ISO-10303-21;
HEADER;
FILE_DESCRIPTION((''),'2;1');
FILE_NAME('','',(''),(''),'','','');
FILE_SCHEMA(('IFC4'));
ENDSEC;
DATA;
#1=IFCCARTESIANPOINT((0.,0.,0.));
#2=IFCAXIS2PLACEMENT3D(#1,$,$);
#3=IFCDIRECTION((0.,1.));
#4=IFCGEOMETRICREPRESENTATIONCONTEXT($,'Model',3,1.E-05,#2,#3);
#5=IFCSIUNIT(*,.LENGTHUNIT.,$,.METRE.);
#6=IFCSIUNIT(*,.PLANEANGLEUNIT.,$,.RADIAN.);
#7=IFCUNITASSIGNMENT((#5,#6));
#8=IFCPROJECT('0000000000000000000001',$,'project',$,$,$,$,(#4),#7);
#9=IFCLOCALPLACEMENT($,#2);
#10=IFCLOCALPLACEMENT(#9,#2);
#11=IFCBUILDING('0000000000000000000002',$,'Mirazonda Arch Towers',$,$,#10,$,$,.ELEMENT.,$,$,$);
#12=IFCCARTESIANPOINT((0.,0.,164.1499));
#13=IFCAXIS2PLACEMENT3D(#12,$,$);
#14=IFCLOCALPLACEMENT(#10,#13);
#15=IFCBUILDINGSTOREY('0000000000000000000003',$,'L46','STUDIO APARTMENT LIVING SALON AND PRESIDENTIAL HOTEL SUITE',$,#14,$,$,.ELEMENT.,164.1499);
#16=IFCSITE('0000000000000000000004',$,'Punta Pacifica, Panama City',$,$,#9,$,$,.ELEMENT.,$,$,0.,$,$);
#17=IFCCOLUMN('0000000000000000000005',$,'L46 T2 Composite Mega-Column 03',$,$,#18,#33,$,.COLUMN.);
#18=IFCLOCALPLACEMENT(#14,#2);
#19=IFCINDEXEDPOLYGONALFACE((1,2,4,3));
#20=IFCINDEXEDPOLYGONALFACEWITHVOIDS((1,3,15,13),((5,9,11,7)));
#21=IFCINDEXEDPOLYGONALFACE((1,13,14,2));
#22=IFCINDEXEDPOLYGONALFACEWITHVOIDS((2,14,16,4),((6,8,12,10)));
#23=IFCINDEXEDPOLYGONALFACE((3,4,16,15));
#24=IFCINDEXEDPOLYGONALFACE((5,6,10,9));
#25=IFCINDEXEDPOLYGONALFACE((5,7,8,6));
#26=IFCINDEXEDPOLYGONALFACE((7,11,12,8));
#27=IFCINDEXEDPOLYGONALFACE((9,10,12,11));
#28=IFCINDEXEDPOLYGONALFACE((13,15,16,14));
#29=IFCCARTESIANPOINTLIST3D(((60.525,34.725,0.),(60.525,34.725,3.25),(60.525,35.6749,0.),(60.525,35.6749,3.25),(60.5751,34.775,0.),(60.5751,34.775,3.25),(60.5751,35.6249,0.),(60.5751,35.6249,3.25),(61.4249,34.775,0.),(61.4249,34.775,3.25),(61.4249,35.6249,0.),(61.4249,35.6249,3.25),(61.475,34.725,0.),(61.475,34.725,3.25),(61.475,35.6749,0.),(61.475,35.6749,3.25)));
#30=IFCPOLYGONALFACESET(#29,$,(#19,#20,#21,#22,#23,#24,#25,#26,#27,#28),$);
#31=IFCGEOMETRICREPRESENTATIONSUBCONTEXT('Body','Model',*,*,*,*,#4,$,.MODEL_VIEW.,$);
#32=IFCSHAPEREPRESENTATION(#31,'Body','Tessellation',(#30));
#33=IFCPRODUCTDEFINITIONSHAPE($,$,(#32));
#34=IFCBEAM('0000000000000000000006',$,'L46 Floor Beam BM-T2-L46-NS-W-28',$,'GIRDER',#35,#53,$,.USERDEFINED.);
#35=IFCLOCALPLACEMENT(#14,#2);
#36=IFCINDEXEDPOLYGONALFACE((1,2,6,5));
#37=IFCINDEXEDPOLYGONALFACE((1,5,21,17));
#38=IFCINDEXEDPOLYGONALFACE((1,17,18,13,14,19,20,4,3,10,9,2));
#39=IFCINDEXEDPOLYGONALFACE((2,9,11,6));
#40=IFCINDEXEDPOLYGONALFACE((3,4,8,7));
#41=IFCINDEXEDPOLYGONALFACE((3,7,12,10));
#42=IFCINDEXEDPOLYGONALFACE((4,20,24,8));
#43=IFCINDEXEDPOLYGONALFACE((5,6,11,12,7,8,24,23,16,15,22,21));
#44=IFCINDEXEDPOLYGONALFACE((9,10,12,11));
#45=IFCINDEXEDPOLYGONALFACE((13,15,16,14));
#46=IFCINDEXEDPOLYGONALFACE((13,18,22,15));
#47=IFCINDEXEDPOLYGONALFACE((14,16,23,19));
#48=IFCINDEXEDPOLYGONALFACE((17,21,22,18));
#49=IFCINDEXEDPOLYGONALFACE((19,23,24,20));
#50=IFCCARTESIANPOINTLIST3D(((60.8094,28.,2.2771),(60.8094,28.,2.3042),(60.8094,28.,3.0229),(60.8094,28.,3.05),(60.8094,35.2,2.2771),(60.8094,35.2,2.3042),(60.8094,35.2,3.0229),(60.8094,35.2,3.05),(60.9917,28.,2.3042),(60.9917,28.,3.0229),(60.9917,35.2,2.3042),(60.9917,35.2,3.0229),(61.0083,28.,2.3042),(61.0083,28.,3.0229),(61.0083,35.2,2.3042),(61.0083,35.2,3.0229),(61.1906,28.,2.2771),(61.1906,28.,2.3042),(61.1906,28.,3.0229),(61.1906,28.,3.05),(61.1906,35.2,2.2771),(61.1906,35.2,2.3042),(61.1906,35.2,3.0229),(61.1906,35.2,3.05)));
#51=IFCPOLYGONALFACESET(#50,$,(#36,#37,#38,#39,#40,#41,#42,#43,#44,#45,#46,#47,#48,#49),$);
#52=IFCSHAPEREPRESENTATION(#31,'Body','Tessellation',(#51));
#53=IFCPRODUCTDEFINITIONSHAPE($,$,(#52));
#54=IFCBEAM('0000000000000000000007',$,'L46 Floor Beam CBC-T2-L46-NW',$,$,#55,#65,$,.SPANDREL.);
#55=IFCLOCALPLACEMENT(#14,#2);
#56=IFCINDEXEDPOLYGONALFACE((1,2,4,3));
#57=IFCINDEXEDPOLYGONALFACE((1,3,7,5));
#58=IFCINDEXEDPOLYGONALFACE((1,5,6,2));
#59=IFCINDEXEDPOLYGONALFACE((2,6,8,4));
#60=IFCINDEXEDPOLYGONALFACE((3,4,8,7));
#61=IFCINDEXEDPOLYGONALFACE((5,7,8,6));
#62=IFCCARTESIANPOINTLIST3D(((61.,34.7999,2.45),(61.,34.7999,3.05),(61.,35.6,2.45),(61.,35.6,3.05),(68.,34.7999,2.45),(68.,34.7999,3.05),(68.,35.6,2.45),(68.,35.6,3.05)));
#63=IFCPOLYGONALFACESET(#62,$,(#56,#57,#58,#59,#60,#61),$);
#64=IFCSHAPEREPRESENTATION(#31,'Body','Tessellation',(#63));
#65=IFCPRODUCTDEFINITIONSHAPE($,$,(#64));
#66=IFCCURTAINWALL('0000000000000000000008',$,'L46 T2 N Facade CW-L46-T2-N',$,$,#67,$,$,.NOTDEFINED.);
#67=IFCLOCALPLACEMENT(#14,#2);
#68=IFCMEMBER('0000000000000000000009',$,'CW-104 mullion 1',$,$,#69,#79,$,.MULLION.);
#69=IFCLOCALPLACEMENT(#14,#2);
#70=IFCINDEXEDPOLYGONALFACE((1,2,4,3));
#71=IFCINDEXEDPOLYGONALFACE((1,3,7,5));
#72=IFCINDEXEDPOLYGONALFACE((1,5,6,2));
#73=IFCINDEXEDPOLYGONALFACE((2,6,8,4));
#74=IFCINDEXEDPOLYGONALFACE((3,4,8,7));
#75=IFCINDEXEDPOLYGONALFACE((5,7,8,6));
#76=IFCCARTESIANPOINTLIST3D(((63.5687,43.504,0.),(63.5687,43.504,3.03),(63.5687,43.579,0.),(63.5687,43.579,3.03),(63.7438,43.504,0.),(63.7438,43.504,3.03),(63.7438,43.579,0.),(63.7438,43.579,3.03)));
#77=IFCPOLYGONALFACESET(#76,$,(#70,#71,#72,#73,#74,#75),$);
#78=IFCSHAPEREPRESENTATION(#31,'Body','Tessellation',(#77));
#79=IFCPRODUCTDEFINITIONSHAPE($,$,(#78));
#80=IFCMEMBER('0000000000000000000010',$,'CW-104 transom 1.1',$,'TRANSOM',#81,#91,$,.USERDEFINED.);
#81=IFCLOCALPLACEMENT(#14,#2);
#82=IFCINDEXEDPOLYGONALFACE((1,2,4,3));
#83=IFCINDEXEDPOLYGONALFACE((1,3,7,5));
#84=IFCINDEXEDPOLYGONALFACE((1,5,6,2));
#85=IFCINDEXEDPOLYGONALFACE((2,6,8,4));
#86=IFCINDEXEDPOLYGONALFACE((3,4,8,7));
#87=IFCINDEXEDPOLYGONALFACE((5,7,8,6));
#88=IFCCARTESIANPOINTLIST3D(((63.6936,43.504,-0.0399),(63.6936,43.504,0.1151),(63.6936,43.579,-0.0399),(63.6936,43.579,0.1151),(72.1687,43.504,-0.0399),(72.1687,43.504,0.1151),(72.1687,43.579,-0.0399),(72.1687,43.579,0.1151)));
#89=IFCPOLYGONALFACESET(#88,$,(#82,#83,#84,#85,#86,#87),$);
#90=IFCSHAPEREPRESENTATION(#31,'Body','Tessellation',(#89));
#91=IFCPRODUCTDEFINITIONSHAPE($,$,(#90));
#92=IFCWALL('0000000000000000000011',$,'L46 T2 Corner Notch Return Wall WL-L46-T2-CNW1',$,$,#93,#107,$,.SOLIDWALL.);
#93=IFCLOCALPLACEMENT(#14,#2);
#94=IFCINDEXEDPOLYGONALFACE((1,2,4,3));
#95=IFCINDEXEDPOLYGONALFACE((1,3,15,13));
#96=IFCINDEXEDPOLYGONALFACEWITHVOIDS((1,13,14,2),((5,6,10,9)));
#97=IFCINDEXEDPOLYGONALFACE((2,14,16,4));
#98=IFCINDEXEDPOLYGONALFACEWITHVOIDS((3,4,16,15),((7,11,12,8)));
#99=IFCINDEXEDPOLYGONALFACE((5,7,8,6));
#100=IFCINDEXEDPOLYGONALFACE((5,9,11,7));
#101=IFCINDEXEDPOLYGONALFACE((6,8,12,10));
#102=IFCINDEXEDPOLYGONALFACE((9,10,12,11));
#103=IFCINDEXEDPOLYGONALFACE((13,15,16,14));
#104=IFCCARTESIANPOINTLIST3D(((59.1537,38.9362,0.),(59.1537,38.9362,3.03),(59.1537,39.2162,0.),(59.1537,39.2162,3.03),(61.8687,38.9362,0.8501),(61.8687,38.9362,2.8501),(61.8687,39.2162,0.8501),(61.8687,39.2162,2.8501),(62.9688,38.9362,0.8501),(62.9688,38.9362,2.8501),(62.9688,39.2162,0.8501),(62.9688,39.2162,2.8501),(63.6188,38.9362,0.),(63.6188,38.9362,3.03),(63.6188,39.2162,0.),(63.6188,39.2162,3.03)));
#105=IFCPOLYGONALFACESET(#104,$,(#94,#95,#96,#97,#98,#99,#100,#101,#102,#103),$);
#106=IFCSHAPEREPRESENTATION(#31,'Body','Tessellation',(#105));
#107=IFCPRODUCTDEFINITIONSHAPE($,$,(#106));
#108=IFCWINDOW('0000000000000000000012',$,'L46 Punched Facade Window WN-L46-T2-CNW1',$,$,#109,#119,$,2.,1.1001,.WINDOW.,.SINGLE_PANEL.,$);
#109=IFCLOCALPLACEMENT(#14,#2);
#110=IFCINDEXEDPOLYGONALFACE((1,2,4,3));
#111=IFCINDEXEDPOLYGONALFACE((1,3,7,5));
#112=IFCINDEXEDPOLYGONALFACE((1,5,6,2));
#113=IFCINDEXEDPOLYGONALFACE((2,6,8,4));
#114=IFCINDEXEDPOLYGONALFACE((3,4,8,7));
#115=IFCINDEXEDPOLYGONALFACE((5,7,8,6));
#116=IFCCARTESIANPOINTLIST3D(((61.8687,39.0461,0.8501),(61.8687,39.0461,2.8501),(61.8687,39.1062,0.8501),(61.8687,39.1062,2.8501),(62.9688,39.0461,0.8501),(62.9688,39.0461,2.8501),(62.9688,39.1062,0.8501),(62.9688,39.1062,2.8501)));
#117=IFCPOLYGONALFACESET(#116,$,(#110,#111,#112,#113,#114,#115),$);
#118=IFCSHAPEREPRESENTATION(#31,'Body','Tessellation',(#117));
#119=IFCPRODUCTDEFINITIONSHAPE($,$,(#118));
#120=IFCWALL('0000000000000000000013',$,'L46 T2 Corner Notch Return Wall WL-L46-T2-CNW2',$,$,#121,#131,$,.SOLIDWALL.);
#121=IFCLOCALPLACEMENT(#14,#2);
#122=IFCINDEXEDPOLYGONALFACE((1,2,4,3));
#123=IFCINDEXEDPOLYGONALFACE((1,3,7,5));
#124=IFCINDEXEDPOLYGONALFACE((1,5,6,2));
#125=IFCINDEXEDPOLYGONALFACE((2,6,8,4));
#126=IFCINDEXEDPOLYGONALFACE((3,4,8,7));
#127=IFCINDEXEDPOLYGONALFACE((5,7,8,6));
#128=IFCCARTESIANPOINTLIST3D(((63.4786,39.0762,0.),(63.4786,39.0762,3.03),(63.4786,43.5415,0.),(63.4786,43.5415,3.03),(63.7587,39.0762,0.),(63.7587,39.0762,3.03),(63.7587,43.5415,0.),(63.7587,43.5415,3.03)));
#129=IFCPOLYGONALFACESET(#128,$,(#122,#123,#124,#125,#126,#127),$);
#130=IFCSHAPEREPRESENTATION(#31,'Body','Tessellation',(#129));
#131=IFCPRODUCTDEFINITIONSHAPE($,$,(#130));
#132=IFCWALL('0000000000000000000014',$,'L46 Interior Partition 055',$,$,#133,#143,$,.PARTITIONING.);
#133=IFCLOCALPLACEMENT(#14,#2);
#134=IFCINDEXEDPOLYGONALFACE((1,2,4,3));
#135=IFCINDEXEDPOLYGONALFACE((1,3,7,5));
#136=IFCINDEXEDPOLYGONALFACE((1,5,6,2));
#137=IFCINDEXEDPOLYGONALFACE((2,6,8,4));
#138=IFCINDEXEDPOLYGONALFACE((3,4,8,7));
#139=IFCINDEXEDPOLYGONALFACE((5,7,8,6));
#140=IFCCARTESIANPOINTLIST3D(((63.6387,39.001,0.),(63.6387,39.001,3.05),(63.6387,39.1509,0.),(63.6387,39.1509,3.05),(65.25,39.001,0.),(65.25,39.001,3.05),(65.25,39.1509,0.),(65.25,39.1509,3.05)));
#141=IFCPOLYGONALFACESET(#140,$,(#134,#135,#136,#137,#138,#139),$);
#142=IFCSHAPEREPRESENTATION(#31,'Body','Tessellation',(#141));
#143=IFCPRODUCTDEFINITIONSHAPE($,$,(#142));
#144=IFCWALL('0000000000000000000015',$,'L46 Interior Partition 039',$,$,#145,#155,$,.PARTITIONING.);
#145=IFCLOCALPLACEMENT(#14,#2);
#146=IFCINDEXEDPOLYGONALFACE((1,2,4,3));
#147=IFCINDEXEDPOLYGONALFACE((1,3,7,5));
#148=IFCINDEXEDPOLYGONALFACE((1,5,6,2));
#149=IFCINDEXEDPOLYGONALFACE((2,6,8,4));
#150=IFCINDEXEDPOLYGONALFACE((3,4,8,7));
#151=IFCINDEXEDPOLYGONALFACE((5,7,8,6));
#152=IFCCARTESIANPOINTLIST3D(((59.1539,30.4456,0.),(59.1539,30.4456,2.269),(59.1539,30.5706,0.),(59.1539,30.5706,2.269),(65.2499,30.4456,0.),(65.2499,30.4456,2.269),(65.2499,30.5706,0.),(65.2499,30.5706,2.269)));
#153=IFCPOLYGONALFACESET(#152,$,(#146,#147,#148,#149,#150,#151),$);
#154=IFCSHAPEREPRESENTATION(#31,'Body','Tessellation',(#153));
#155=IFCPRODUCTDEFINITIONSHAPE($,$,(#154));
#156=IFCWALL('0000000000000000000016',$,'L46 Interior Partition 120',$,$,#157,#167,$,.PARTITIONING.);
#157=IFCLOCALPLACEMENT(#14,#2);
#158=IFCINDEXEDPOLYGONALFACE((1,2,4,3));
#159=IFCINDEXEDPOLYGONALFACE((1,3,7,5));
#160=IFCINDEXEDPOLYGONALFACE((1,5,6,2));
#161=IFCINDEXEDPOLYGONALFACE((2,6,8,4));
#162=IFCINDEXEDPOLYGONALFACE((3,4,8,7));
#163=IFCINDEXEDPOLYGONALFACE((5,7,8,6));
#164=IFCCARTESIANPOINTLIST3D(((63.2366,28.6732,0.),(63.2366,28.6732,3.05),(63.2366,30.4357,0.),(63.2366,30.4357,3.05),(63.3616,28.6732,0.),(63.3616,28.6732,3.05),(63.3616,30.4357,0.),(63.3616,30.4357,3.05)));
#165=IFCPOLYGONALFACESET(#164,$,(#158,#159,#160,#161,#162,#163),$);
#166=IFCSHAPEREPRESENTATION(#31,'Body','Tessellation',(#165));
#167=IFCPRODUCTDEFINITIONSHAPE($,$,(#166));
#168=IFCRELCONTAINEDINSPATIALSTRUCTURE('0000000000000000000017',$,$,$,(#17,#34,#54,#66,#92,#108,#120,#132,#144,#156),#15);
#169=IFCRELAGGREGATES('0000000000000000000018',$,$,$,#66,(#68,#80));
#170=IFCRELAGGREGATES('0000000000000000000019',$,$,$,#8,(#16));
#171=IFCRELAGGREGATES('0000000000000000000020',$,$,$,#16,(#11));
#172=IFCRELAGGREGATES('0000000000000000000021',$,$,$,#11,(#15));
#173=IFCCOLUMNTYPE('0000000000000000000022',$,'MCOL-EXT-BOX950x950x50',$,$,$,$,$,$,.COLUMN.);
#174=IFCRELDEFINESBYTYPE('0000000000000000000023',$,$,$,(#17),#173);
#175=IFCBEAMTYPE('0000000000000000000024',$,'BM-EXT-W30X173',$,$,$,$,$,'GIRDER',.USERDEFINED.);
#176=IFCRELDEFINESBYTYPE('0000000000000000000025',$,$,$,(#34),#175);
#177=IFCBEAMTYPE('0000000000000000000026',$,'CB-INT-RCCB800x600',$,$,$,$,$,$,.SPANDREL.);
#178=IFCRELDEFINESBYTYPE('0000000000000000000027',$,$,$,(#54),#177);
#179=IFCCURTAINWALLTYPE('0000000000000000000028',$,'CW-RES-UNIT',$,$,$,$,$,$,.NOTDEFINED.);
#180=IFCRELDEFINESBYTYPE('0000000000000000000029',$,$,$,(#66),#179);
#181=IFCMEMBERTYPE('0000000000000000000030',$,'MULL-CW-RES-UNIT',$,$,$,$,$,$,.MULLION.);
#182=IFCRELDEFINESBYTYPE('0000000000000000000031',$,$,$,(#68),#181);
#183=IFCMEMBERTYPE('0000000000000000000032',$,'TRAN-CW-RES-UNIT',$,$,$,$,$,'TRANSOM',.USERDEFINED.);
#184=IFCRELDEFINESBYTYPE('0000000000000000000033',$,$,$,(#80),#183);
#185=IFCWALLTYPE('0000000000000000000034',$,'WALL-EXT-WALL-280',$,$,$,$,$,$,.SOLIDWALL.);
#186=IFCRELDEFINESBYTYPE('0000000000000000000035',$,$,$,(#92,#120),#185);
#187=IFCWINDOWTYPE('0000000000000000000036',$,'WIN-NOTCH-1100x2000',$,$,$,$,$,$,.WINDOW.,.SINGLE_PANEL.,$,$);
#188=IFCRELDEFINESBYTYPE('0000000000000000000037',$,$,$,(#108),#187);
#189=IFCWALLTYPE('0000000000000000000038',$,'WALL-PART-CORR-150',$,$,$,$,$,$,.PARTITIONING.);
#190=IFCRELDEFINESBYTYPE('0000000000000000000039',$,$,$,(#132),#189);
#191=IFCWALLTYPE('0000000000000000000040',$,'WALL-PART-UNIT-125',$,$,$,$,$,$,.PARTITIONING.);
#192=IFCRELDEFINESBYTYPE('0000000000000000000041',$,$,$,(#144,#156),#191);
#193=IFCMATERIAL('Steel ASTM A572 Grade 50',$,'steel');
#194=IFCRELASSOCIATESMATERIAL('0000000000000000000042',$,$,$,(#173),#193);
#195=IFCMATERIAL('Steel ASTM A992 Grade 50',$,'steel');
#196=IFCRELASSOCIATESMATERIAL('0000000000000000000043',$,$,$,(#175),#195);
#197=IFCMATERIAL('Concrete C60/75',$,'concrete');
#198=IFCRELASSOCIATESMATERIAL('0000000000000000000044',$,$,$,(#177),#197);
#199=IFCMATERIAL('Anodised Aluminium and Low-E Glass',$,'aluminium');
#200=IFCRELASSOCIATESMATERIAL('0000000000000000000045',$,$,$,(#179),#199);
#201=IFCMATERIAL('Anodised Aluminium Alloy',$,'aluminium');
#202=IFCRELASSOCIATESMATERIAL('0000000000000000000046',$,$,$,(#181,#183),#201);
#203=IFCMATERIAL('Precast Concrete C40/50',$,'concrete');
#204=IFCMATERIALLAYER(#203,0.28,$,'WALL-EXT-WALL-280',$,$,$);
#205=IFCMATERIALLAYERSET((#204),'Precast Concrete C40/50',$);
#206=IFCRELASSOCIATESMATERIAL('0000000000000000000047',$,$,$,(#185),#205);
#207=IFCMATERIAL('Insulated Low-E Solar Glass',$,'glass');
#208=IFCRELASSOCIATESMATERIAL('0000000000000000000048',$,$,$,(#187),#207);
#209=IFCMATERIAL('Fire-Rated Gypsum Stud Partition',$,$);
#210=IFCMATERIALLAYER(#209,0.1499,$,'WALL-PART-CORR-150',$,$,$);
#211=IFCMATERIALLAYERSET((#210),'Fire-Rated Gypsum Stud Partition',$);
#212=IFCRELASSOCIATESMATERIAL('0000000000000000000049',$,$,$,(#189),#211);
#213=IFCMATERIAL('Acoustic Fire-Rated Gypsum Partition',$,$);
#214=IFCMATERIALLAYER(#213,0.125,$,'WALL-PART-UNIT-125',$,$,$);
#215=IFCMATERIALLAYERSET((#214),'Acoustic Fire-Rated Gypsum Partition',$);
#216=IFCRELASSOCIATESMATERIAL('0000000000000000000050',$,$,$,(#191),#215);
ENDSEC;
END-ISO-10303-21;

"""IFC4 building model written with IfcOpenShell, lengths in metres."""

from ifc_helpers import new_model, si_unit, direction, frame, frame_2d, origin, origin_2d, place, context, subcontext, project, spatial, rectangle, hollow_rectangle, i_section, extrude, material, layer, layer_set, material_profile, profile_set, type_object, element, fill, aggregate, save


model = new_model("IFC4")

# Units and contexts
model_context = context("Model", 3, precision=1e-05, world=origin(), true_north=direction((0.0, 1.0)))
body_context = subcontext(model_context, "Body", "Model", "MODEL_VIEW")
ifc_project = project(units=[si_unit("LENGTHUNIT", "METRE"), si_unit("PLANEANGLEUNIT", "RADIAN")], contexts=[model_context])

# Site, building, storey
site_placement = place(None, origin())
site = spatial("IfcSite", under=ifc_project, at=site_placement, Name="Punta Pacifica, Panama City", CompositionType="ELEMENT", RefElevation=0.0)
building_placement = place(site_placement, origin())
building = spatial("IfcBuilding", under=site, at=building_placement, Name="Mirazonda Arch Towers", CompositionType="ELEMENT")
storey_placement = place(building_placement, frame((0.0, 0.0, 164.1499)))
storey = spatial("IfcBuildingStorey", under=building, at=storey_placement, Name="L46", Description="STUDIO APARTMENT LIVING SALON AND PRESIDENTIAL HOTEL SUITE", CompositionType="ELEMENT", Elevation=164.1499)

# Column
ifc_material_1 = material(Name="Steel ASTM A572 Grade 50", Category="steel")
ifc_material_profile_1 = material_profile(ifc_material_1, hollow_rectangle(XDim=0.95, YDim=0.95, WallThickness=0.05, at=origin_2d()), Name="BOX950x950x50")
ifc_profile_set_1 = profile_set([ifc_material_profile_1], Name="Steel ASTM A572 Grade 50")
column_type = type_object("IfcColumnType", Name="MCOL-EXT-BOX950x950x50", PredefinedType="COLUMN", material=ifc_profile_set_1)
column_placement = place(storey_placement, frame((61.0, 35.2, 0.0), z_axis=(0.0, 0.0, 1.0), x_axis=(1.0, 0.0, 0.0)))
element("IfcColumn", 1, at=column_placement, inside=storey, type_object=column_type, Name="L46 T2 Composite Mega-Column 03", PredefinedType="COLUMN", context=body_context, shape_type="SweptSolid", body=[
    extrude(hollow_rectangle(XDim=0.95, YDim=0.95, WallThickness=0.05, at=origin_2d()), origin(), (0.0, 0.0, 1.0), 3.25),
])

# Beams
ifc_material_2 = material(Name="Steel ASTM A992 Grade 50", Category="steel")
ifc_material_profile_2 = material_profile(ifc_material_2, i_section(OverallWidth=0.3811, OverallDepth=0.7729, WebThickness=0.0166, FlangeThickness=0.0271, at=origin_2d()), Name="W30X173")
ifc_profile_set_2 = profile_set([ifc_material_profile_2], Name="Steel ASTM A992 Grade 50")
beam_type_1 = type_object("IfcBeamType", Name="BM-EXT-W30X173", ElementType="GIRDER", PredefinedType="USERDEFINED", material=ifc_profile_set_2)
beam_1_placement = place(storey_placement, frame((61.0, 28.0, 2.6636), z_axis=(0.0, 1.0, 0.0), x_axis=(-1.0, 0.0, 0.0)))
element("IfcBeam", 2, at=beam_1_placement, inside=storey, type_object=beam_type_1, Name="L46 Floor Beam BM-T2-L46-NS-W-28", ObjectType="GIRDER", PredefinedType="USERDEFINED", context=body_context, shape_type="SweptSolid", body=[
    extrude(i_section(OverallWidth=0.3811, OverallDepth=0.7729, WebThickness=0.0166, FlangeThickness=0.0271, at=origin_2d()), origin(), (0.0, 0.0, 1.0), 7.2),
])
ifc_material_3 = material(Name="Concrete C60/75", Category="concrete")
ifc_material_profile_3 = material_profile(ifc_material_3, rectangle(XDim=0.8, YDim=0.6001, at=origin_2d()), Name="RCCB800x600")
ifc_profile_set_3 = profile_set([ifc_material_profile_3], Name="Concrete C60/75")
beam_type_2 = type_object("IfcBeamType", Name="CB-INT-RCCB800x600", PredefinedType="SPANDREL", material=ifc_profile_set_3)
beam_2_placement = place(storey_placement, frame((61.0, 35.2, 2.75), z_axis=(1.0, 0.0, 0.0), x_axis=(0.0, 1.0, 0.0)))
element("IfcBeam", 3, at=beam_2_placement, inside=storey, type_object=beam_type_2, Name="L46 Floor Beam CBC-T2-L46-NW", PredefinedType="SPANDREL", context=body_context, shape_type="SweptSolid", body=[
    extrude(rectangle(XDim=0.8, YDim=0.6001, at=origin_2d()), origin(), (0.0, 0.0, 1.0), 7.0),
])

# Curtain wall, members
ifc_material_4 = material(Name="Anodised Aluminium and Low-E Glass", Category="aluminium")
curtain_wall_type = type_object("IfcCurtainWallType", Name="CW-RES-UNIT", PredefinedType="NOTDEFINED", material=ifc_material_4)
curtain_wall_placement = place(storey_placement, origin())
curtain_wall = element("IfcCurtainWall", 4, at=curtain_wall_placement, inside=storey, type_object=curtain_wall_type, Name="L46 T2 N Facade CW-L46-T2-N", PredefinedType="NOTDEFINED")
ifc_material_5 = material(Name="Anodised Aluminium Alloy", Category="aluminium")
ifc_material_profile_4 = material_profile(ifc_material_5, rectangle(XDim=0.075, YDim=0.175, at=origin_2d()), Name="ALU-MULL-75x175")
ifc_profile_set_4 = profile_set([ifc_material_profile_4], Name="Anodised Aluminium Alloy")
member_type_1 = type_object("IfcMemberType", Name="MULL-CW-RES-UNIT", PredefinedType="MULLION", material=ifc_profile_set_4)
member_1_placement = place(storey_placement, frame((63.6562, 43.5415, 0.0), z_axis=(0.0, 0.0, 1.0), x_axis=(0.0, 1.0, 0.0)))
member_1 = element("IfcMember", 5, at=member_1_placement, type_object=member_type_1, Name="CW-104 mullion 1", PredefinedType="MULLION", context=body_context, shape_type="SweptSolid", body=[
    extrude(rectangle(XDim=0.075, YDim=0.175, at=origin_2d()), origin(), (0.0, 0.0, 1.0), 3.03),
])
ifc_material_profile_5 = material_profile(ifc_material_5, rectangle(XDim=0.075, YDim=0.155, at=origin_2d()), Name="ALU-TRAN-75x155")
ifc_profile_set_5 = profile_set([ifc_material_profile_5], Name="Anodised Aluminium Alloy")
member_type_2 = type_object("IfcMemberType", Name="TRAN-CW-RES-UNIT", ElementType="TRANSOM", PredefinedType="USERDEFINED", material=ifc_profile_set_5)
member_2_placement = place(storey_placement, frame((63.6936, 43.5415, 0.0376), z_axis=(1.0, 0.0, 0.0), x_axis=(0.0, 1.0, 0.0)))
member_2 = element("IfcMember", 6, at=member_2_placement, type_object=member_type_2, Name="CW-104 transom 1.1", ObjectType="TRANSOM", PredefinedType="USERDEFINED", context=body_context, shape_type="SweptSolid", body=[
    extrude(rectangle(XDim=0.075, YDim=0.155, at=origin_2d()), origin(), (0.0, 0.0, 1.0), 8.4751),
])
aggregate(curtain_wall, [member_1, member_2])

# Wall, opening, window
ifc_material_6 = material(Name="Precast Concrete C40/50", Category="concrete")
ifc_layer_1 = layer(ifc_material_6, 0.28, Name="WALL-EXT-WALL-280")
ifc_layer_set_1 = layer_set([ifc_layer_1], Name="Precast Concrete C40/50")
wall_type_1 = type_object("IfcWallType", Name="WALL-EXT-WALL-280", PredefinedType="SOLIDWALL", material=ifc_layer_set_1)
wall_1_placement = place(storey_placement, frame((63.6187, 39.0762, 0.0), z_axis=(0.0, 0.0, 1.0), x_axis=(-1.0, 0.0, 0.0)))
wall_1 = element("IfcWall", 7, at=wall_1_placement, inside=storey, type_object=wall_type_1, Name="L46 T2 Corner Notch Return Wall WL-L46-T2-CNW1", PredefinedType="SOLIDWALL", context=body_context, shape_type="SweptSolid", body=[
    extrude(rectangle(XDim=4.4651, YDim=0.28, at=frame_2d((2.2324, 0.0))), origin(), (0.0, 0.0, 1.0), 3.03),
])
opening_1_placement = place(wall_1_placement, frame((0.6499, 0.0, 0.8501)))
opening_1 = element("IfcOpeningElement", 8, at=opening_1_placement, cuts=wall_1, PredefinedType="OPENING", context=body_context, shape_type="SweptSolid", body=[
    extrude(rectangle(XDim=1.1001, YDim=2.0, at=frame_2d((0.55, 1.0))), frame((0.0, 0.1499, 0.0), z_axis=(0.0, -1.0, 0.0), x_axis=(1.0, 0.0, 0.0)), (0.0, 0.0, 1.0), 0.3),
])
ifc_material_7 = material(Name="Insulated Low-E Solar Glass", Category="glass")
window_type = type_object("IfcWindowType", Name="WIN-NOTCH-1100x2000", PartitioningType="SINGLE_PANEL", PredefinedType="WINDOW", material=ifc_material_7)
window_placement = place(opening_1_placement, origin())
window = element("IfcWindow", 9, at=window_placement, inside=storey, type_object=window_type, Name="L46 Punched Facade Window WN-L46-T2-CNW1", OverallHeight=2.0, OverallWidth=1.1001, PartitioningType="SINGLE_PANEL", PredefinedType="WINDOW", context=body_context, shape_type="SweptSolid", body=[
    extrude(rectangle(XDim=1.1001, YDim=2.0, at=frame_2d((0.55, 1.0))), frame((0.0, 0.03, 0.0), z_axis=(0.0, -1.0, 0.0), x_axis=(1.0, 0.0, 0.0)), (0.0, 0.0, 1.0), 0.0601),
])
fill(opening_1, window)

# Wall
wall_2_placement = place(storey_placement, frame((63.6187, 43.5415, 0.0), z_axis=(0.0, 0.0, 1.0), x_axis=(0.0, -1.0, 0.0)))
element("IfcWall", 10, at=wall_2_placement, inside=storey, type_object=wall_type_1, Name="L46 T2 Corner Notch Return Wall WL-L46-T2-CNW2", PredefinedType="SOLIDWALL", context=body_context, shape_type="SweptSolid", body=[
    extrude(rectangle(XDim=4.4653, YDim=0.28, at=frame_2d((2.2327, 0.0))), origin(), (0.0, 0.0, 1.0), 3.03),
])

# Shared definitions
ifc_material_8 = material(Name="Fire-Rated Gypsum Stud Partition")
ifc_layer_2 = layer(ifc_material_8, 0.1499, Name="WALL-PART-CORR-150")
ifc_layer_set_2 = layer_set([ifc_layer_2], Name="Fire-Rated Gypsum Stud Partition")
wall_type_2 = type_object("IfcWallType", Name="WALL-PART-CORR-150", PredefinedType="PARTITIONING", material=ifc_layer_set_2)

# Walls
wall_3_placement = place(storey_placement, frame((63.6387, 39.0759, 0.0), z_axis=(0.0, 0.0, 1.0), x_axis=(1.0, 0.0, 0.0)))
element("IfcWall", 11, at=wall_3_placement, inside=storey, type_object=wall_type_2, Name="L46 Interior Partition 055", PredefinedType="PARTITIONING", context=body_context, shape_type="SweptSolid", body=[
    extrude(rectangle(XDim=1.6113, YDim=0.1499, at=frame_2d((0.8057, 0.0))), origin(), (0.0, 0.0, 1.0), 3.05),
])
ifc_material_9 = material(Name="Acoustic Fire-Rated Gypsum Partition")
ifc_layer_3 = layer(ifc_material_9, 0.125, Name="WALL-PART-UNIT-125")
ifc_layer_set_3 = layer_set([ifc_layer_3], Name="Acoustic Fire-Rated Gypsum Partition")
wall_type_3 = type_object("IfcWallType", Name="WALL-PART-UNIT-125", PredefinedType="PARTITIONING", material=ifc_layer_set_3)
wall_4_placement = place(storey_placement, frame((59.1541, 30.5081, 0.0), z_axis=(0.0, 0.0, 1.0), x_axis=(1.0, 0.0, 0.0)))
element("IfcWall", 12, at=wall_4_placement, inside=storey, type_object=wall_type_3, Name="L46 Interior Partition 039", PredefinedType="PARTITIONING", context=body_context, shape_type="SweptSolid", body=[
    extrude(rectangle(XDim=6.0959, YDim=0.125, at=frame_2d((3.0479, 0.0))), origin(), (0.0, 0.0, 1.0), 2.269),
])
wall_5_placement = place(storey_placement, frame((63.2991, 28.6731, 0.0), z_axis=(0.0, 0.0, 1.0), x_axis=(0.0, 1.0, 0.0)))
element("IfcWall", 13, at=wall_5_placement, inside=storey, type_object=wall_type_3, Name="L46 Interior Partition 120", PredefinedType="PARTITIONING", context=body_context, shape_type="SweptSolid", body=[
    extrude(rectangle(XDim=1.7625, YDim=0.125, at=frame_2d((0.8813, 0.0))), origin(), (0.0, 0.0, 1.0), 3.05),
])

save(model, "model.ifc")
